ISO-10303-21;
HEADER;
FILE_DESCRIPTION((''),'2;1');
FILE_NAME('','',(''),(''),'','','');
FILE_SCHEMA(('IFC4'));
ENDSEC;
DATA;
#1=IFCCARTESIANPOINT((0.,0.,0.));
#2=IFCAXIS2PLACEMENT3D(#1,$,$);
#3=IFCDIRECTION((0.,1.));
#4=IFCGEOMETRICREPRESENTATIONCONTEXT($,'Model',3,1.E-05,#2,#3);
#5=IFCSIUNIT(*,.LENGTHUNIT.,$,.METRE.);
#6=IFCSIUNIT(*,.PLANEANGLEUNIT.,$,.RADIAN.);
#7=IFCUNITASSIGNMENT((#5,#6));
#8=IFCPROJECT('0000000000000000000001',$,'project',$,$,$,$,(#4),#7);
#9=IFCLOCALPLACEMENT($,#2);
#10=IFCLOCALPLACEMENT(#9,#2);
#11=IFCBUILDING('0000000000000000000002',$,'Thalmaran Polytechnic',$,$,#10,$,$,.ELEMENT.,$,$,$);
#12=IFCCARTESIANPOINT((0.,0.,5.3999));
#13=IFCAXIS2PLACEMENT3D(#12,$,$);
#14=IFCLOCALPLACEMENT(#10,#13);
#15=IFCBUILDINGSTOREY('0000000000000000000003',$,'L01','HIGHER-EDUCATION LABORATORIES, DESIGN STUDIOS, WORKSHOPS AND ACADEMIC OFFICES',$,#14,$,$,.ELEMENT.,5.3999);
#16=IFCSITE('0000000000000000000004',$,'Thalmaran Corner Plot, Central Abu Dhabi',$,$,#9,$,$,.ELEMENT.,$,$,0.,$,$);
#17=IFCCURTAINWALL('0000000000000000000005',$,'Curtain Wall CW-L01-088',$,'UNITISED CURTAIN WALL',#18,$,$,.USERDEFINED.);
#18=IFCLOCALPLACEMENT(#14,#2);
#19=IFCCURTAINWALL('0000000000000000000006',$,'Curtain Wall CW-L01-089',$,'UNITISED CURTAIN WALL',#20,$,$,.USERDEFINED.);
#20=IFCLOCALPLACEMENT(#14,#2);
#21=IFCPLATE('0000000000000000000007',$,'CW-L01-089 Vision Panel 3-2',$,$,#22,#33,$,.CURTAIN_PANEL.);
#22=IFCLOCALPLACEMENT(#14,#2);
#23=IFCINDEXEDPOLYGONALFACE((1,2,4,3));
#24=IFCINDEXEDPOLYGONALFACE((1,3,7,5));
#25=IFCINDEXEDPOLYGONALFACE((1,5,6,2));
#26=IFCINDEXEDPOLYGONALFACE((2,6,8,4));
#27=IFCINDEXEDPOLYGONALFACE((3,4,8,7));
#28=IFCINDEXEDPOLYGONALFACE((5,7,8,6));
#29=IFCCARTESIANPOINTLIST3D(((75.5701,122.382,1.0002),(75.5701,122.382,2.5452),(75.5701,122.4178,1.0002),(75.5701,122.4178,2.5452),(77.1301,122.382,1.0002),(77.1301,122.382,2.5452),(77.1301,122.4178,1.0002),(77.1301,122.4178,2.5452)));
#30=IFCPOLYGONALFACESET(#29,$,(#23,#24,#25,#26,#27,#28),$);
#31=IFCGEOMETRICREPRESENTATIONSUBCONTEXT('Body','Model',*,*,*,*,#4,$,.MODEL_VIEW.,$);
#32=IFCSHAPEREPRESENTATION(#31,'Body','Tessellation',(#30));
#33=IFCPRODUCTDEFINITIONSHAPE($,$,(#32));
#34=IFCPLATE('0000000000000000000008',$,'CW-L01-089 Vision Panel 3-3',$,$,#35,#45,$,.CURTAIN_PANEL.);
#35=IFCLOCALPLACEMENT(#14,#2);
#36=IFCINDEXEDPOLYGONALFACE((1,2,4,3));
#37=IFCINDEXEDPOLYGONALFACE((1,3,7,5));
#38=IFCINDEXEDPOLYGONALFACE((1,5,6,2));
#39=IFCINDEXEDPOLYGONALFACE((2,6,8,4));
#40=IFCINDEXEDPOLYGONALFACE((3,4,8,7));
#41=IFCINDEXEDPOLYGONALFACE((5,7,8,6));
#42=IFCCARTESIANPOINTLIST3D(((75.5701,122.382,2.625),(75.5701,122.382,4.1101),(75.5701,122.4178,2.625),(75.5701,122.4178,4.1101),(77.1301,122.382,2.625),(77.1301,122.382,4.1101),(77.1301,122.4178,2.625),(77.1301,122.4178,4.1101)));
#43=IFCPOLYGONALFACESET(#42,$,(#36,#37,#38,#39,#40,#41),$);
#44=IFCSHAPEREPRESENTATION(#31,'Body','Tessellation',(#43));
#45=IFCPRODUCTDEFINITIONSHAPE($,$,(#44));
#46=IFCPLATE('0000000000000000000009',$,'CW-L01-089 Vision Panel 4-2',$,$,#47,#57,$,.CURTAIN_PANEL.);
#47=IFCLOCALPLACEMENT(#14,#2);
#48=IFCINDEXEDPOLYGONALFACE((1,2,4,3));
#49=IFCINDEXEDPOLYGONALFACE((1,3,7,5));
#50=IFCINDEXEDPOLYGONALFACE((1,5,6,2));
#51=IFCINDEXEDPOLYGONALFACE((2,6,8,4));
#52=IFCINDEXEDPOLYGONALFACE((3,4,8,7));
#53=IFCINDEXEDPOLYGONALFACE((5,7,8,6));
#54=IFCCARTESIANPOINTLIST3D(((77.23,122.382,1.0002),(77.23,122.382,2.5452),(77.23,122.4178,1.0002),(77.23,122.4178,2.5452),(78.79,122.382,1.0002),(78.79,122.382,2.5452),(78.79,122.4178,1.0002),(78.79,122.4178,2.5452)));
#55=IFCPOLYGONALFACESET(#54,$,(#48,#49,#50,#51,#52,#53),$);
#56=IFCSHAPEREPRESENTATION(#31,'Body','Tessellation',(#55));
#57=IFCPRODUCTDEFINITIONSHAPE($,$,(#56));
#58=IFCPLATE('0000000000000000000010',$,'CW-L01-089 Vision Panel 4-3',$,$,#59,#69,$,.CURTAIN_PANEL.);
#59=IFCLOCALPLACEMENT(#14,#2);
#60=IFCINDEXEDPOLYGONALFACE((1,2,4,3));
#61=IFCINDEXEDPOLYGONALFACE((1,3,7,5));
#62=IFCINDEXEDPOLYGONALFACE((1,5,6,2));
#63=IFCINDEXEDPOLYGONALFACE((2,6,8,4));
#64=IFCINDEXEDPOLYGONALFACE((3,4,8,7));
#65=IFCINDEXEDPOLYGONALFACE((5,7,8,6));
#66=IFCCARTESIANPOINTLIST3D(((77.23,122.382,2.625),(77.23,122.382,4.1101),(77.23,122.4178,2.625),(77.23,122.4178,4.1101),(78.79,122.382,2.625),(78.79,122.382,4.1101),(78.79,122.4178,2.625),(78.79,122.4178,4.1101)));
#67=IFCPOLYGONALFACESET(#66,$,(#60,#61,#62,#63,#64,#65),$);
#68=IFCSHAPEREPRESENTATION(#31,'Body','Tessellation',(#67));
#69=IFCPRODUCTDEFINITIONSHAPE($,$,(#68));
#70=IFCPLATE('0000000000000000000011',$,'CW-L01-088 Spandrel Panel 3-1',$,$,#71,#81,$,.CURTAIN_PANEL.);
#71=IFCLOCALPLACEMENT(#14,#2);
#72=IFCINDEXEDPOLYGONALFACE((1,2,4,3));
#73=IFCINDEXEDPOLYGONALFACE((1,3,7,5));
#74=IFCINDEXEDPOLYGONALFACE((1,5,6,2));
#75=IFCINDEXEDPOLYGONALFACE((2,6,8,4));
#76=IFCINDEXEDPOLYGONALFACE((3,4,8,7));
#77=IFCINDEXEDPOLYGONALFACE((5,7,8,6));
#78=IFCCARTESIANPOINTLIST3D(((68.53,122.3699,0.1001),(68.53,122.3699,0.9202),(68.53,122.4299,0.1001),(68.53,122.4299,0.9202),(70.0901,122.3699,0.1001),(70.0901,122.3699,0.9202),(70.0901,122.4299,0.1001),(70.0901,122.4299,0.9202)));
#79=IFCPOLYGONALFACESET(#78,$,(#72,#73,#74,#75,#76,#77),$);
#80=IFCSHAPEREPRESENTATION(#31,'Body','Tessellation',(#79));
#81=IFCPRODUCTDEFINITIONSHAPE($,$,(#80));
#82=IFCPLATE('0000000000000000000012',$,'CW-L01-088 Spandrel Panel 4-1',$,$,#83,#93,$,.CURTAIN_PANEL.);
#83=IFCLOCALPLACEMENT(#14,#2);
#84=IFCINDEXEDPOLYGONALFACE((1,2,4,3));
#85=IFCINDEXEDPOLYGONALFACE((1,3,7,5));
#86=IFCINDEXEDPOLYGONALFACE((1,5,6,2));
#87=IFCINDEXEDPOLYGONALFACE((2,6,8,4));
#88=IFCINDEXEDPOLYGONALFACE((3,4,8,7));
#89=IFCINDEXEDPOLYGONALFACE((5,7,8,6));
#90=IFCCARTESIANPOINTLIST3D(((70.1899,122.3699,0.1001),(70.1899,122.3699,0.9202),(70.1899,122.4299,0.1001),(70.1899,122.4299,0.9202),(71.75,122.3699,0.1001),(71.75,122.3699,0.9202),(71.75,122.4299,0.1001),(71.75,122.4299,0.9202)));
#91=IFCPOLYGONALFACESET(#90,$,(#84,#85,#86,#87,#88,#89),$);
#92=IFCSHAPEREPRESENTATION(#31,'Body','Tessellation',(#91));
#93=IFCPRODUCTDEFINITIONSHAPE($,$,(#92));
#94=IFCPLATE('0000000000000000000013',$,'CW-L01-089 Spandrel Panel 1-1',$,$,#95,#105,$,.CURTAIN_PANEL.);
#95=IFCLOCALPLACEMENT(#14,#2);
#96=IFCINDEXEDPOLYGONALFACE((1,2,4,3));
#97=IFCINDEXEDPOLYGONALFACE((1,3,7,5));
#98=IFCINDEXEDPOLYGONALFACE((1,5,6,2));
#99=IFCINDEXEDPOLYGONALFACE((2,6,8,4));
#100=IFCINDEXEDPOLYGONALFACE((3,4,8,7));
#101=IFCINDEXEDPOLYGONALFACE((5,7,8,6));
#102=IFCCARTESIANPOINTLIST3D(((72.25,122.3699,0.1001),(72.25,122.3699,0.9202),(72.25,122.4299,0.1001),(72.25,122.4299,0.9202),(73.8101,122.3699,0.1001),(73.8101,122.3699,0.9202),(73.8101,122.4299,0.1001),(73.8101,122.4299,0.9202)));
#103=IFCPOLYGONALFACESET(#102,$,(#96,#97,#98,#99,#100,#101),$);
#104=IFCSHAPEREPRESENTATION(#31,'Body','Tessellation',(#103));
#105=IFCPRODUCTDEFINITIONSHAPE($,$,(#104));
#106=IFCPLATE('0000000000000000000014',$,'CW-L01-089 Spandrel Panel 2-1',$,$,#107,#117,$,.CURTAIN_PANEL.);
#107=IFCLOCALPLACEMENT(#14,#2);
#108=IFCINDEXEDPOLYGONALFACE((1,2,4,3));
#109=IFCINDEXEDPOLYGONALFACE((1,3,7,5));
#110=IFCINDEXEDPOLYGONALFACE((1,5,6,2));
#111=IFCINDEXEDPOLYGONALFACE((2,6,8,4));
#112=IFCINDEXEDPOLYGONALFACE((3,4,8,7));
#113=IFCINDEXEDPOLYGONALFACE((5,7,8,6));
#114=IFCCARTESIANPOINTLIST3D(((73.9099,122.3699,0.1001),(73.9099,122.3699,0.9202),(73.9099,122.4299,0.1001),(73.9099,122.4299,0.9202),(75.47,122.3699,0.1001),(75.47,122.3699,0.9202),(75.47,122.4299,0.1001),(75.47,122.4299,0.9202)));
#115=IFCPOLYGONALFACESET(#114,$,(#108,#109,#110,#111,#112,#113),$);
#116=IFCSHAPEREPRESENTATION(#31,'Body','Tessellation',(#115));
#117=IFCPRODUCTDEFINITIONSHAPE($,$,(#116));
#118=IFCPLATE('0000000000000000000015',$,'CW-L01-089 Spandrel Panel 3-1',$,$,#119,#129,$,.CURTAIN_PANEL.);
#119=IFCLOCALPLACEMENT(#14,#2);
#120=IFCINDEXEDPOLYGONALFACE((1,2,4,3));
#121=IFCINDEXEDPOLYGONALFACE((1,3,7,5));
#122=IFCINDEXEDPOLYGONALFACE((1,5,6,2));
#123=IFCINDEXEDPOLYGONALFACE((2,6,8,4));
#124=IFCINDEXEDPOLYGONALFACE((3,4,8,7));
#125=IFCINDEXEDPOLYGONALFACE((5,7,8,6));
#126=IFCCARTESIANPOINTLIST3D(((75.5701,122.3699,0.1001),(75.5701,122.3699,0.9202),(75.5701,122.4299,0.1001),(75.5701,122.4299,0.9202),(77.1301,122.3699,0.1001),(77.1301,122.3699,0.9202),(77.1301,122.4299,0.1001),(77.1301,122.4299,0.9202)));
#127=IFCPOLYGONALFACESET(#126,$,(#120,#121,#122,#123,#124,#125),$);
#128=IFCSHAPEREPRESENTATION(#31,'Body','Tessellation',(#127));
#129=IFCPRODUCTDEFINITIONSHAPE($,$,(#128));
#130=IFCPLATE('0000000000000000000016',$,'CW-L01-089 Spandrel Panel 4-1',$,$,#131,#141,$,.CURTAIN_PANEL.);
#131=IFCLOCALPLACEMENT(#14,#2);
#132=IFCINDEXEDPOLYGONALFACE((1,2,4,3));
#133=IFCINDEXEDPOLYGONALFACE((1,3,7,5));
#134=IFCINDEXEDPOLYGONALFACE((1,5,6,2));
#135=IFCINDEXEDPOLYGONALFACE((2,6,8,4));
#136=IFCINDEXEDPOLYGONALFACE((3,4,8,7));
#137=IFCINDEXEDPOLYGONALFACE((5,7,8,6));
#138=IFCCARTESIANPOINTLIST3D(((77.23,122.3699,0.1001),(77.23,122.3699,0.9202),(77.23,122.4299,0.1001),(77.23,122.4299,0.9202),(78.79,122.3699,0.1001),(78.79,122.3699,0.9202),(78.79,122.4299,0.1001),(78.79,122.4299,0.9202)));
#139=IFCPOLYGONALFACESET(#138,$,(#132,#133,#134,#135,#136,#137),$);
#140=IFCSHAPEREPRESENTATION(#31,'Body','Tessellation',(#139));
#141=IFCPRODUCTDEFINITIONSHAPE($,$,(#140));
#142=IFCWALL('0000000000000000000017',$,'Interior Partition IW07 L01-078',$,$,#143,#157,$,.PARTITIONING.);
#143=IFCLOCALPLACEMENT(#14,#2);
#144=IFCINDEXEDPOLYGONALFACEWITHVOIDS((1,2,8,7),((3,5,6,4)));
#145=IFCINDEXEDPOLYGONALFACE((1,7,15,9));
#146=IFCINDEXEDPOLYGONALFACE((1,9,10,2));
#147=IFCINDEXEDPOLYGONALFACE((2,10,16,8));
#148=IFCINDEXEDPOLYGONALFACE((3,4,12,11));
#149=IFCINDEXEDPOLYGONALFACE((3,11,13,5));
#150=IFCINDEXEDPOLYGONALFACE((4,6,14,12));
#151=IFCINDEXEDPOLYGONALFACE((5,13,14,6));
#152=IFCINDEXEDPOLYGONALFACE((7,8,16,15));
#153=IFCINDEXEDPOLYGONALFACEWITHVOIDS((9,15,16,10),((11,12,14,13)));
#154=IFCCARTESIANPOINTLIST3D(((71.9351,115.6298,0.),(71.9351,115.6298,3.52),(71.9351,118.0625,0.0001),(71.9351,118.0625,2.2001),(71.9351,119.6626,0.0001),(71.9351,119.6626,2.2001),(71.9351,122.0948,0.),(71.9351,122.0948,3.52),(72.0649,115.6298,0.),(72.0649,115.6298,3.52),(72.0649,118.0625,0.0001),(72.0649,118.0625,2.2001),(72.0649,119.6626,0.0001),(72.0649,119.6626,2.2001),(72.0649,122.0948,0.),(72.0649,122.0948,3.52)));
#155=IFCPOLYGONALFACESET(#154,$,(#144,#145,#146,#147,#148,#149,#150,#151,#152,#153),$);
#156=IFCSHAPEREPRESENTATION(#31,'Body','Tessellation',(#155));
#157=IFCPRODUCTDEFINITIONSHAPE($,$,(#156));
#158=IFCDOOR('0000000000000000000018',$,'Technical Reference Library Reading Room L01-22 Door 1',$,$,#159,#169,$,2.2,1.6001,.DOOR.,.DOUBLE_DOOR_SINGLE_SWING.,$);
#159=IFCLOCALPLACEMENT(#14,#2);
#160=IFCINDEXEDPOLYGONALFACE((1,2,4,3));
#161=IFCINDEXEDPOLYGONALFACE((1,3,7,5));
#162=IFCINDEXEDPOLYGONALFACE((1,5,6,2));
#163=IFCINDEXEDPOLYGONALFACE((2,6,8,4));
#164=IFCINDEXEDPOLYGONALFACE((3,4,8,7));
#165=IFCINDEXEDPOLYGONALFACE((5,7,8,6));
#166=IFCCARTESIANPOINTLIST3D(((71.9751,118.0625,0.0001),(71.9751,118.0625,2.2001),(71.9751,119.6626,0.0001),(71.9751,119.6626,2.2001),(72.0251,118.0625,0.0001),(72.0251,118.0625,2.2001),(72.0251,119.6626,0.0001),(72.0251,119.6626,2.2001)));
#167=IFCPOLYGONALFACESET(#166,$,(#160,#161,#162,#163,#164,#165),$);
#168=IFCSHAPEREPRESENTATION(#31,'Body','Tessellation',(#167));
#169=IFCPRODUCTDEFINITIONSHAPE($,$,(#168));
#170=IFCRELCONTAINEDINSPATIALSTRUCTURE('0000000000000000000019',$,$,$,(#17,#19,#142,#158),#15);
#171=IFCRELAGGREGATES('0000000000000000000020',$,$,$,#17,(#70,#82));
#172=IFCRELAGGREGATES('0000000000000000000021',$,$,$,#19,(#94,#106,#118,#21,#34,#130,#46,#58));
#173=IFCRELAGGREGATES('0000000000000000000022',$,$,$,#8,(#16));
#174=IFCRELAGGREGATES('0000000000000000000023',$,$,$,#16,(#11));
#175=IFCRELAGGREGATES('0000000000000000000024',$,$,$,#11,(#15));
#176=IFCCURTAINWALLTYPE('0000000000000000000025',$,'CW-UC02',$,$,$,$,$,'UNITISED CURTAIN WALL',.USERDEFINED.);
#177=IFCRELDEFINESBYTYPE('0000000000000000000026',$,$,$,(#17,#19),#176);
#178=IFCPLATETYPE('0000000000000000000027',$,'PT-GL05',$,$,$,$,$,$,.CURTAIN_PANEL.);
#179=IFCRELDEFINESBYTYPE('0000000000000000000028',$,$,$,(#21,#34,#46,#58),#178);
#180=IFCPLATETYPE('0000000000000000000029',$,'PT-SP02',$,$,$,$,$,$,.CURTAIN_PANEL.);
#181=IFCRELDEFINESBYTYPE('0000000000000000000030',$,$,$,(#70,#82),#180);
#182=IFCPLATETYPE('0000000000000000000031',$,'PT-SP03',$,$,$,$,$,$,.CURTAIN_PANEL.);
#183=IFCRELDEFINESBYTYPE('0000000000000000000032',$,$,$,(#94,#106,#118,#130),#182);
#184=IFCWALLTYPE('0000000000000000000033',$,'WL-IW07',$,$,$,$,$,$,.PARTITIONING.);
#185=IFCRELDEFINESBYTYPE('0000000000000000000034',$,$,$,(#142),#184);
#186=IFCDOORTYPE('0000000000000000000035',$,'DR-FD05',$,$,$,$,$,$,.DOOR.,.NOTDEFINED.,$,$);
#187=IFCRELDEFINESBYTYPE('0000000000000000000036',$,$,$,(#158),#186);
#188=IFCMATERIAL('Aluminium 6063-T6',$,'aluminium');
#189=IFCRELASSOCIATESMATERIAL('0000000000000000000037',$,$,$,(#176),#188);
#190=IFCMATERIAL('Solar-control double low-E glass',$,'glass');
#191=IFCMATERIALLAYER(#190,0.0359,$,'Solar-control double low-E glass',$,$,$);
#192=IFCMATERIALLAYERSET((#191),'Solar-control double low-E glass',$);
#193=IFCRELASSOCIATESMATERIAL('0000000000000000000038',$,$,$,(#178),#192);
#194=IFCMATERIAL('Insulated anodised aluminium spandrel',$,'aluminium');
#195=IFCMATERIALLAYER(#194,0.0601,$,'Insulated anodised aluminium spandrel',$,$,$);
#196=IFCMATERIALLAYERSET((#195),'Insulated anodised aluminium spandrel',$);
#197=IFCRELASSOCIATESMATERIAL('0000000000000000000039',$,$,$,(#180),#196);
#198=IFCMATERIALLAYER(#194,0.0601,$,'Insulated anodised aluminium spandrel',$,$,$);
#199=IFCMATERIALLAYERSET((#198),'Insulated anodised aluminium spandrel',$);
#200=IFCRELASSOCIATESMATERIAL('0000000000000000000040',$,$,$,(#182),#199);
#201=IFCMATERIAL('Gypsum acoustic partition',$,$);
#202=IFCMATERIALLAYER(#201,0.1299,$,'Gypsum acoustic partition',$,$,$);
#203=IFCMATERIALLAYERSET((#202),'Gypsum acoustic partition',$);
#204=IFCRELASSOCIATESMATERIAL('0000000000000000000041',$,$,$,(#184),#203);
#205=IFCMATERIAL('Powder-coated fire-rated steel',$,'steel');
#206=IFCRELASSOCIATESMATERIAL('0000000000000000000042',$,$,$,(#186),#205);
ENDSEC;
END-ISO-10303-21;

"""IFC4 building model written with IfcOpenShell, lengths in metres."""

from ifc_helpers import new_model, si_unit, direction, frame, frame_2d, origin, origin_2d, place, context, subcontext, project, spatial, rectangle, extrude, material, layer, layer_set, type_object, element, fill, aggregate, save


model = new_model("IFC4")

# Units and contexts
model_context = context("Model", 3, precision=1e-05, world=origin(), true_north=direction((0.0, 1.0)))
body_context = subcontext(model_context, "Body", "Model", "MODEL_VIEW")
ifc_project = project(units=[si_unit("LENGTHUNIT", "METRE"), si_unit("PLANEANGLEUNIT", "RADIAN")], contexts=[model_context])

# Site, building, storey
site_placement = place(None, origin())
site = spatial("IfcSite", under=ifc_project, at=site_placement, Name="Thalmaran Corner Plot, Central Abu Dhabi", CompositionType="ELEMENT", RefElevation=0.0)
building_placement = place(site_placement, origin())
building = spatial("IfcBuilding", under=site, at=building_placement, Name="Thalmaran Polytechnic", CompositionType="ELEMENT")
storey_placement = place(building_placement, frame((0.0, 0.0, 5.3999)))
storey = spatial("IfcBuildingStorey", under=building, at=storey_placement, Name="L01", Description="HIGHER-EDUCATION LABORATORIES, DESIGN STUDIOS, WORKSHOPS AND ACADEMIC OFFICES", CompositionType="ELEMENT", Elevation=5.3999)

# Curtain walls
ifc_material_1 = material(Name="Aluminium 6063-T6", Category="aluminium")
curtain_wall_type = type_object("IfcCurtainWallType", Name="CW-UC02", ElementType="UNITISED CURTAIN WALL", PredefinedType="USERDEFINED", material=ifc_material_1)
curtain_wall_1_placement = place(storey_placement, origin())
curtain_wall_1 = element("IfcCurtainWall", 1, at=curtain_wall_1_placement, inside=storey, type_object=curtain_wall_type, Name="Curtain Wall CW-L01-088", ObjectType="UNITISED CURTAIN WALL", PredefinedType="USERDEFINED")
curtain_wall_2_placement = place(storey_placement, origin())
curtain_wall_2 = element("IfcCurtainWall", 2, at=curtain_wall_2_placement, inside=storey, type_object=curtain_wall_type, Name="Curtain Wall CW-L01-089", ObjectType="UNITISED CURTAIN WALL", PredefinedType="USERDEFINED")

# Plates
ifc_material_2 = material(Name="Solar-control double low-E glass", Category="glass")
ifc_layer_1 = layer(ifc_material_2, 0.0359, Name="Solar-control double low-E glass")
ifc_layer_set_1 = layer_set([ifc_layer_1], Name="Solar-control double low-E glass")
plate_type_1 = type_object("IfcPlateType", Name="PT-GL05", PredefinedType="CURTAIN_PANEL", material=ifc_layer_set_1)
plate_1_placement = place(storey_placement, frame((76.3501, 122.3999, 1.0002), z_axis=(0.0, 0.0, 1.0), x_axis=(1.0, 0.0, 0.0)))
plate_1 = element("IfcPlate", 3, at=plate_1_placement, type_object=plate_type_1, Name="CW-L01-089 Vision Panel 3-2", PredefinedType="CURTAIN_PANEL", context=body_context, shape_type="SweptSolid", body=[
    extrude(rectangle(XDim=1.5601, YDim=0.0359, at=origin_2d()), origin(), (0.0, 0.0, 1.0), 1.5449),
])
plate_2_placement = place(storey_placement, frame((76.3501, 122.3999, 2.625), z_axis=(0.0, 0.0, 1.0), x_axis=(1.0, 0.0, 0.0)))
plate_2 = element("IfcPlate", 4, at=plate_2_placement, type_object=plate_type_1, Name="CW-L01-089 Vision Panel 3-3", PredefinedType="CURTAIN_PANEL", context=body_context, shape_type="SweptSolid", body=[
    extrude(rectangle(XDim=1.5601, YDim=0.0359, at=origin_2d()), origin(), (0.0, 0.0, 1.0), 1.4851),
])
plate_3_placement = place(storey_placement, frame((78.01, 122.3999, 1.0002), z_axis=(0.0, 0.0, 1.0), x_axis=(1.0, 0.0, 0.0)))
plate_3 = element("IfcPlate", 5, at=plate_3_placement, type_object=plate_type_1, Name="CW-L01-089 Vision Panel 4-2", PredefinedType="CURTAIN_PANEL", context=body_context, shape_type="SweptSolid", body=[
    extrude(rectangle(XDim=1.5601, YDim=0.0359, at=origin_2d()), origin(), (0.0, 0.0, 1.0), 1.5449),
])
plate_4_placement = place(storey_placement, frame((78.01, 122.3999, 2.625), z_axis=(0.0, 0.0, 1.0), x_axis=(1.0, 0.0, 0.0)))
plate_4 = element("IfcPlate", 6, at=plate_4_placement, type_object=plate_type_1, Name="CW-L01-089 Vision Panel 4-3", PredefinedType="CURTAIN_PANEL", context=body_context, shape_type="SweptSolid", body=[
    extrude(rectangle(XDim=1.5601, YDim=0.0359, at=origin_2d()), origin(), (0.0, 0.0, 1.0), 1.4851),
])
ifc_material_3 = material(Name="Insulated anodised aluminium spandrel", Category="aluminium")
ifc_layer_2 = layer(ifc_material_3, 0.0601, Name="Insulated anodised aluminium spandrel")
ifc_layer_set_2 = layer_set([ifc_layer_2], Name="Insulated anodised aluminium spandrel")
plate_type_2 = type_object("IfcPlateType", Name="PT-SP02", PredefinedType="CURTAIN_PANEL", material=ifc_layer_set_2)
plate_5_placement = place(storey_placement, frame((69.3101, 122.3999, 0.1001), z_axis=(0.0, 0.0, 1.0), x_axis=(1.0, 0.0, 0.0)))
plate_5 = element("IfcPlate", 7, at=plate_5_placement, type_object=plate_type_2, Name="CW-L01-088 Spandrel Panel 3-1", PredefinedType="CURTAIN_PANEL", context=body_context, shape_type="SweptSolid", body=[
    extrude(rectangle(XDim=1.5601, YDim=0.0601, at=origin_2d()), origin(), (0.0, 0.0, 1.0), 0.8201),
])
plate_6_placement = place(storey_placement, frame((70.97, 122.3999, 0.1001), z_axis=(0.0, 0.0, 1.0), x_axis=(1.0, 0.0, 0.0)))
plate_6 = element("IfcPlate", 8, at=plate_6_placement, type_object=plate_type_2, Name="CW-L01-088 Spandrel Panel 4-1", PredefinedType="CURTAIN_PANEL", context=body_context, shape_type="SweptSolid", body=[
    extrude(rectangle(XDim=1.5601, YDim=0.0601, at=origin_2d()), origin(), (0.0, 0.0, 1.0), 0.8201),
])
aggregate(curtain_wall_1, [plate_5, plate_6])
ifc_layer_3 = layer(ifc_material_3, 0.0601, Name="Insulated anodised aluminium spandrel")
ifc_layer_set_3 = layer_set([ifc_layer_3], Name="Insulated anodised aluminium spandrel")
plate_type_3 = type_object("IfcPlateType", Name="PT-SP03", PredefinedType="CURTAIN_PANEL", material=ifc_layer_set_3)
plate_7_placement = place(storey_placement, frame((73.03, 122.3999, 0.1001), z_axis=(0.0, 0.0, 1.0), x_axis=(1.0, 0.0, 0.0)))
plate_7 = element("IfcPlate", 9, at=plate_7_placement, type_object=plate_type_3, Name="CW-L01-089 Spandrel Panel 1-1", PredefinedType="CURTAIN_PANEL", context=body_context, shape_type="SweptSolid", body=[
    extrude(rectangle(XDim=1.5601, YDim=0.0601, at=origin_2d()), origin(), (0.0, 0.0, 1.0), 0.8201),
])
plate_8_placement = place(storey_placement, frame((74.6899, 122.3999, 0.1001), z_axis=(0.0, 0.0, 1.0), x_axis=(1.0, 0.0, 0.0)))
plate_8 = element("IfcPlate", 10, at=plate_8_placement, type_object=plate_type_3, Name="CW-L01-089 Spandrel Panel 2-1", PredefinedType="CURTAIN_PANEL", context=body_context, shape_type="SweptSolid", body=[
    extrude(rectangle(XDim=1.5601, YDim=0.0601, at=origin_2d()), origin(), (0.0, 0.0, 1.0), 0.8201),
])
plate_9_placement = place(storey_placement, frame((76.3501, 122.3999, 0.1001), z_axis=(0.0, 0.0, 1.0), x_axis=(1.0, 0.0, 0.0)))
plate_9 = element("IfcPlate", 11, at=plate_9_placement, type_object=plate_type_3, Name="CW-L01-089 Spandrel Panel 3-1", PredefinedType="CURTAIN_PANEL", context=body_context, shape_type="SweptSolid", body=[
    extrude(rectangle(XDim=1.5601, YDim=0.0601, at=origin_2d()), origin(), (0.0, 0.0, 1.0), 0.8201),
])
plate_10_placement = place(storey_placement, frame((78.01, 122.3999, 0.1001), z_axis=(0.0, 0.0, 1.0), x_axis=(1.0, 0.0, 0.0)))
plate_10 = element("IfcPlate", 12, at=plate_10_placement, type_object=plate_type_3, Name="CW-L01-089 Spandrel Panel 4-1", PredefinedType="CURTAIN_PANEL", context=body_context, shape_type="SweptSolid", body=[
    extrude(rectangle(XDim=1.5601, YDim=0.0601, at=origin_2d()), origin(), (0.0, 0.0, 1.0), 0.8201),
])
aggregate(curtain_wall_2, [plate_7, plate_8, plate_9, plate_1, plate_2, plate_10, plate_3, plate_4])

# Wall, opening, door
ifc_material_4 = material(Name="Gypsum acoustic partition")
ifc_layer_4 = layer(ifc_material_4, 0.1299, Name="Gypsum acoustic partition")
ifc_layer_set_4 = layer_set([ifc_layer_4], Name="Gypsum acoustic partition")
wall_type = type_object("IfcWallType", Name="WL-IW07", PredefinedType="PARTITIONING", material=ifc_layer_set_4)
wall_placement = place(storey_placement, frame((72.0, 115.6299, 0.0), z_axis=(0.0, 0.0, 1.0), x_axis=(0.0, 1.0, 0.0)))
wall = element("IfcWall", 13, at=wall_placement, inside=storey, type_object=wall_type, Name="Interior Partition IW07 L01-078", PredefinedType="PARTITIONING", context=body_context, shape_type="SweptSolid", body=[
    extrude(rectangle(XDim=6.4651, YDim=0.1299, at=frame_2d((3.2324, 0.0))), origin(), (0.0, 0.0, 1.0), 3.52),
])
opening_placement = place(wall_placement, frame((2.4326, 0.0, 0.0)))
opening = element("IfcOpeningElement", 14, at=opening_placement, cuts=wall, PredefinedType="OPENING", context=body_context, shape_type="SweptSolid", body=[
    extrude(rectangle(XDim=1.6001, YDim=2.2, at=frame_2d((0.8, 1.1001))), frame((0.0, 0.075, 0.0), z_axis=(0.0, -1.0, 0.0), x_axis=(1.0, 0.0, 0.0)), (0.0, 0.0, 1.0), 0.1499),
])
ifc_material_5 = material(Name="Powder-coated fire-rated steel", Category="steel")
door_type = type_object("IfcDoorType", Name="DR-FD05", OperationType="NOTDEFINED", PredefinedType="DOOR", material=ifc_material_5)
door_placement = place(opening_placement, origin())
door = element("IfcDoor", 15, at=door_placement, inside=storey, type_object=door_type, Name="Technical Reference Library Reading Room L01-22 Door 1", OperationType="DOUBLE_DOOR_SINGLE_SWING", OverallHeight=2.2, OverallWidth=1.6001, PredefinedType="DOOR", context=body_context, shape_type="SweptSolid", body=[
    extrude(rectangle(XDim=1.6001, YDim=2.2, at=frame_2d((0.8, 1.1001))), frame((0.0, 0.0249, 0.0), z_axis=(0.0, -1.0, 0.0), x_axis=(1.0, 0.0, 0.0)), (0.0, 0.0, 1.0), 0.05),
])
fill(opening, door)

save(model, "model.ifc")
